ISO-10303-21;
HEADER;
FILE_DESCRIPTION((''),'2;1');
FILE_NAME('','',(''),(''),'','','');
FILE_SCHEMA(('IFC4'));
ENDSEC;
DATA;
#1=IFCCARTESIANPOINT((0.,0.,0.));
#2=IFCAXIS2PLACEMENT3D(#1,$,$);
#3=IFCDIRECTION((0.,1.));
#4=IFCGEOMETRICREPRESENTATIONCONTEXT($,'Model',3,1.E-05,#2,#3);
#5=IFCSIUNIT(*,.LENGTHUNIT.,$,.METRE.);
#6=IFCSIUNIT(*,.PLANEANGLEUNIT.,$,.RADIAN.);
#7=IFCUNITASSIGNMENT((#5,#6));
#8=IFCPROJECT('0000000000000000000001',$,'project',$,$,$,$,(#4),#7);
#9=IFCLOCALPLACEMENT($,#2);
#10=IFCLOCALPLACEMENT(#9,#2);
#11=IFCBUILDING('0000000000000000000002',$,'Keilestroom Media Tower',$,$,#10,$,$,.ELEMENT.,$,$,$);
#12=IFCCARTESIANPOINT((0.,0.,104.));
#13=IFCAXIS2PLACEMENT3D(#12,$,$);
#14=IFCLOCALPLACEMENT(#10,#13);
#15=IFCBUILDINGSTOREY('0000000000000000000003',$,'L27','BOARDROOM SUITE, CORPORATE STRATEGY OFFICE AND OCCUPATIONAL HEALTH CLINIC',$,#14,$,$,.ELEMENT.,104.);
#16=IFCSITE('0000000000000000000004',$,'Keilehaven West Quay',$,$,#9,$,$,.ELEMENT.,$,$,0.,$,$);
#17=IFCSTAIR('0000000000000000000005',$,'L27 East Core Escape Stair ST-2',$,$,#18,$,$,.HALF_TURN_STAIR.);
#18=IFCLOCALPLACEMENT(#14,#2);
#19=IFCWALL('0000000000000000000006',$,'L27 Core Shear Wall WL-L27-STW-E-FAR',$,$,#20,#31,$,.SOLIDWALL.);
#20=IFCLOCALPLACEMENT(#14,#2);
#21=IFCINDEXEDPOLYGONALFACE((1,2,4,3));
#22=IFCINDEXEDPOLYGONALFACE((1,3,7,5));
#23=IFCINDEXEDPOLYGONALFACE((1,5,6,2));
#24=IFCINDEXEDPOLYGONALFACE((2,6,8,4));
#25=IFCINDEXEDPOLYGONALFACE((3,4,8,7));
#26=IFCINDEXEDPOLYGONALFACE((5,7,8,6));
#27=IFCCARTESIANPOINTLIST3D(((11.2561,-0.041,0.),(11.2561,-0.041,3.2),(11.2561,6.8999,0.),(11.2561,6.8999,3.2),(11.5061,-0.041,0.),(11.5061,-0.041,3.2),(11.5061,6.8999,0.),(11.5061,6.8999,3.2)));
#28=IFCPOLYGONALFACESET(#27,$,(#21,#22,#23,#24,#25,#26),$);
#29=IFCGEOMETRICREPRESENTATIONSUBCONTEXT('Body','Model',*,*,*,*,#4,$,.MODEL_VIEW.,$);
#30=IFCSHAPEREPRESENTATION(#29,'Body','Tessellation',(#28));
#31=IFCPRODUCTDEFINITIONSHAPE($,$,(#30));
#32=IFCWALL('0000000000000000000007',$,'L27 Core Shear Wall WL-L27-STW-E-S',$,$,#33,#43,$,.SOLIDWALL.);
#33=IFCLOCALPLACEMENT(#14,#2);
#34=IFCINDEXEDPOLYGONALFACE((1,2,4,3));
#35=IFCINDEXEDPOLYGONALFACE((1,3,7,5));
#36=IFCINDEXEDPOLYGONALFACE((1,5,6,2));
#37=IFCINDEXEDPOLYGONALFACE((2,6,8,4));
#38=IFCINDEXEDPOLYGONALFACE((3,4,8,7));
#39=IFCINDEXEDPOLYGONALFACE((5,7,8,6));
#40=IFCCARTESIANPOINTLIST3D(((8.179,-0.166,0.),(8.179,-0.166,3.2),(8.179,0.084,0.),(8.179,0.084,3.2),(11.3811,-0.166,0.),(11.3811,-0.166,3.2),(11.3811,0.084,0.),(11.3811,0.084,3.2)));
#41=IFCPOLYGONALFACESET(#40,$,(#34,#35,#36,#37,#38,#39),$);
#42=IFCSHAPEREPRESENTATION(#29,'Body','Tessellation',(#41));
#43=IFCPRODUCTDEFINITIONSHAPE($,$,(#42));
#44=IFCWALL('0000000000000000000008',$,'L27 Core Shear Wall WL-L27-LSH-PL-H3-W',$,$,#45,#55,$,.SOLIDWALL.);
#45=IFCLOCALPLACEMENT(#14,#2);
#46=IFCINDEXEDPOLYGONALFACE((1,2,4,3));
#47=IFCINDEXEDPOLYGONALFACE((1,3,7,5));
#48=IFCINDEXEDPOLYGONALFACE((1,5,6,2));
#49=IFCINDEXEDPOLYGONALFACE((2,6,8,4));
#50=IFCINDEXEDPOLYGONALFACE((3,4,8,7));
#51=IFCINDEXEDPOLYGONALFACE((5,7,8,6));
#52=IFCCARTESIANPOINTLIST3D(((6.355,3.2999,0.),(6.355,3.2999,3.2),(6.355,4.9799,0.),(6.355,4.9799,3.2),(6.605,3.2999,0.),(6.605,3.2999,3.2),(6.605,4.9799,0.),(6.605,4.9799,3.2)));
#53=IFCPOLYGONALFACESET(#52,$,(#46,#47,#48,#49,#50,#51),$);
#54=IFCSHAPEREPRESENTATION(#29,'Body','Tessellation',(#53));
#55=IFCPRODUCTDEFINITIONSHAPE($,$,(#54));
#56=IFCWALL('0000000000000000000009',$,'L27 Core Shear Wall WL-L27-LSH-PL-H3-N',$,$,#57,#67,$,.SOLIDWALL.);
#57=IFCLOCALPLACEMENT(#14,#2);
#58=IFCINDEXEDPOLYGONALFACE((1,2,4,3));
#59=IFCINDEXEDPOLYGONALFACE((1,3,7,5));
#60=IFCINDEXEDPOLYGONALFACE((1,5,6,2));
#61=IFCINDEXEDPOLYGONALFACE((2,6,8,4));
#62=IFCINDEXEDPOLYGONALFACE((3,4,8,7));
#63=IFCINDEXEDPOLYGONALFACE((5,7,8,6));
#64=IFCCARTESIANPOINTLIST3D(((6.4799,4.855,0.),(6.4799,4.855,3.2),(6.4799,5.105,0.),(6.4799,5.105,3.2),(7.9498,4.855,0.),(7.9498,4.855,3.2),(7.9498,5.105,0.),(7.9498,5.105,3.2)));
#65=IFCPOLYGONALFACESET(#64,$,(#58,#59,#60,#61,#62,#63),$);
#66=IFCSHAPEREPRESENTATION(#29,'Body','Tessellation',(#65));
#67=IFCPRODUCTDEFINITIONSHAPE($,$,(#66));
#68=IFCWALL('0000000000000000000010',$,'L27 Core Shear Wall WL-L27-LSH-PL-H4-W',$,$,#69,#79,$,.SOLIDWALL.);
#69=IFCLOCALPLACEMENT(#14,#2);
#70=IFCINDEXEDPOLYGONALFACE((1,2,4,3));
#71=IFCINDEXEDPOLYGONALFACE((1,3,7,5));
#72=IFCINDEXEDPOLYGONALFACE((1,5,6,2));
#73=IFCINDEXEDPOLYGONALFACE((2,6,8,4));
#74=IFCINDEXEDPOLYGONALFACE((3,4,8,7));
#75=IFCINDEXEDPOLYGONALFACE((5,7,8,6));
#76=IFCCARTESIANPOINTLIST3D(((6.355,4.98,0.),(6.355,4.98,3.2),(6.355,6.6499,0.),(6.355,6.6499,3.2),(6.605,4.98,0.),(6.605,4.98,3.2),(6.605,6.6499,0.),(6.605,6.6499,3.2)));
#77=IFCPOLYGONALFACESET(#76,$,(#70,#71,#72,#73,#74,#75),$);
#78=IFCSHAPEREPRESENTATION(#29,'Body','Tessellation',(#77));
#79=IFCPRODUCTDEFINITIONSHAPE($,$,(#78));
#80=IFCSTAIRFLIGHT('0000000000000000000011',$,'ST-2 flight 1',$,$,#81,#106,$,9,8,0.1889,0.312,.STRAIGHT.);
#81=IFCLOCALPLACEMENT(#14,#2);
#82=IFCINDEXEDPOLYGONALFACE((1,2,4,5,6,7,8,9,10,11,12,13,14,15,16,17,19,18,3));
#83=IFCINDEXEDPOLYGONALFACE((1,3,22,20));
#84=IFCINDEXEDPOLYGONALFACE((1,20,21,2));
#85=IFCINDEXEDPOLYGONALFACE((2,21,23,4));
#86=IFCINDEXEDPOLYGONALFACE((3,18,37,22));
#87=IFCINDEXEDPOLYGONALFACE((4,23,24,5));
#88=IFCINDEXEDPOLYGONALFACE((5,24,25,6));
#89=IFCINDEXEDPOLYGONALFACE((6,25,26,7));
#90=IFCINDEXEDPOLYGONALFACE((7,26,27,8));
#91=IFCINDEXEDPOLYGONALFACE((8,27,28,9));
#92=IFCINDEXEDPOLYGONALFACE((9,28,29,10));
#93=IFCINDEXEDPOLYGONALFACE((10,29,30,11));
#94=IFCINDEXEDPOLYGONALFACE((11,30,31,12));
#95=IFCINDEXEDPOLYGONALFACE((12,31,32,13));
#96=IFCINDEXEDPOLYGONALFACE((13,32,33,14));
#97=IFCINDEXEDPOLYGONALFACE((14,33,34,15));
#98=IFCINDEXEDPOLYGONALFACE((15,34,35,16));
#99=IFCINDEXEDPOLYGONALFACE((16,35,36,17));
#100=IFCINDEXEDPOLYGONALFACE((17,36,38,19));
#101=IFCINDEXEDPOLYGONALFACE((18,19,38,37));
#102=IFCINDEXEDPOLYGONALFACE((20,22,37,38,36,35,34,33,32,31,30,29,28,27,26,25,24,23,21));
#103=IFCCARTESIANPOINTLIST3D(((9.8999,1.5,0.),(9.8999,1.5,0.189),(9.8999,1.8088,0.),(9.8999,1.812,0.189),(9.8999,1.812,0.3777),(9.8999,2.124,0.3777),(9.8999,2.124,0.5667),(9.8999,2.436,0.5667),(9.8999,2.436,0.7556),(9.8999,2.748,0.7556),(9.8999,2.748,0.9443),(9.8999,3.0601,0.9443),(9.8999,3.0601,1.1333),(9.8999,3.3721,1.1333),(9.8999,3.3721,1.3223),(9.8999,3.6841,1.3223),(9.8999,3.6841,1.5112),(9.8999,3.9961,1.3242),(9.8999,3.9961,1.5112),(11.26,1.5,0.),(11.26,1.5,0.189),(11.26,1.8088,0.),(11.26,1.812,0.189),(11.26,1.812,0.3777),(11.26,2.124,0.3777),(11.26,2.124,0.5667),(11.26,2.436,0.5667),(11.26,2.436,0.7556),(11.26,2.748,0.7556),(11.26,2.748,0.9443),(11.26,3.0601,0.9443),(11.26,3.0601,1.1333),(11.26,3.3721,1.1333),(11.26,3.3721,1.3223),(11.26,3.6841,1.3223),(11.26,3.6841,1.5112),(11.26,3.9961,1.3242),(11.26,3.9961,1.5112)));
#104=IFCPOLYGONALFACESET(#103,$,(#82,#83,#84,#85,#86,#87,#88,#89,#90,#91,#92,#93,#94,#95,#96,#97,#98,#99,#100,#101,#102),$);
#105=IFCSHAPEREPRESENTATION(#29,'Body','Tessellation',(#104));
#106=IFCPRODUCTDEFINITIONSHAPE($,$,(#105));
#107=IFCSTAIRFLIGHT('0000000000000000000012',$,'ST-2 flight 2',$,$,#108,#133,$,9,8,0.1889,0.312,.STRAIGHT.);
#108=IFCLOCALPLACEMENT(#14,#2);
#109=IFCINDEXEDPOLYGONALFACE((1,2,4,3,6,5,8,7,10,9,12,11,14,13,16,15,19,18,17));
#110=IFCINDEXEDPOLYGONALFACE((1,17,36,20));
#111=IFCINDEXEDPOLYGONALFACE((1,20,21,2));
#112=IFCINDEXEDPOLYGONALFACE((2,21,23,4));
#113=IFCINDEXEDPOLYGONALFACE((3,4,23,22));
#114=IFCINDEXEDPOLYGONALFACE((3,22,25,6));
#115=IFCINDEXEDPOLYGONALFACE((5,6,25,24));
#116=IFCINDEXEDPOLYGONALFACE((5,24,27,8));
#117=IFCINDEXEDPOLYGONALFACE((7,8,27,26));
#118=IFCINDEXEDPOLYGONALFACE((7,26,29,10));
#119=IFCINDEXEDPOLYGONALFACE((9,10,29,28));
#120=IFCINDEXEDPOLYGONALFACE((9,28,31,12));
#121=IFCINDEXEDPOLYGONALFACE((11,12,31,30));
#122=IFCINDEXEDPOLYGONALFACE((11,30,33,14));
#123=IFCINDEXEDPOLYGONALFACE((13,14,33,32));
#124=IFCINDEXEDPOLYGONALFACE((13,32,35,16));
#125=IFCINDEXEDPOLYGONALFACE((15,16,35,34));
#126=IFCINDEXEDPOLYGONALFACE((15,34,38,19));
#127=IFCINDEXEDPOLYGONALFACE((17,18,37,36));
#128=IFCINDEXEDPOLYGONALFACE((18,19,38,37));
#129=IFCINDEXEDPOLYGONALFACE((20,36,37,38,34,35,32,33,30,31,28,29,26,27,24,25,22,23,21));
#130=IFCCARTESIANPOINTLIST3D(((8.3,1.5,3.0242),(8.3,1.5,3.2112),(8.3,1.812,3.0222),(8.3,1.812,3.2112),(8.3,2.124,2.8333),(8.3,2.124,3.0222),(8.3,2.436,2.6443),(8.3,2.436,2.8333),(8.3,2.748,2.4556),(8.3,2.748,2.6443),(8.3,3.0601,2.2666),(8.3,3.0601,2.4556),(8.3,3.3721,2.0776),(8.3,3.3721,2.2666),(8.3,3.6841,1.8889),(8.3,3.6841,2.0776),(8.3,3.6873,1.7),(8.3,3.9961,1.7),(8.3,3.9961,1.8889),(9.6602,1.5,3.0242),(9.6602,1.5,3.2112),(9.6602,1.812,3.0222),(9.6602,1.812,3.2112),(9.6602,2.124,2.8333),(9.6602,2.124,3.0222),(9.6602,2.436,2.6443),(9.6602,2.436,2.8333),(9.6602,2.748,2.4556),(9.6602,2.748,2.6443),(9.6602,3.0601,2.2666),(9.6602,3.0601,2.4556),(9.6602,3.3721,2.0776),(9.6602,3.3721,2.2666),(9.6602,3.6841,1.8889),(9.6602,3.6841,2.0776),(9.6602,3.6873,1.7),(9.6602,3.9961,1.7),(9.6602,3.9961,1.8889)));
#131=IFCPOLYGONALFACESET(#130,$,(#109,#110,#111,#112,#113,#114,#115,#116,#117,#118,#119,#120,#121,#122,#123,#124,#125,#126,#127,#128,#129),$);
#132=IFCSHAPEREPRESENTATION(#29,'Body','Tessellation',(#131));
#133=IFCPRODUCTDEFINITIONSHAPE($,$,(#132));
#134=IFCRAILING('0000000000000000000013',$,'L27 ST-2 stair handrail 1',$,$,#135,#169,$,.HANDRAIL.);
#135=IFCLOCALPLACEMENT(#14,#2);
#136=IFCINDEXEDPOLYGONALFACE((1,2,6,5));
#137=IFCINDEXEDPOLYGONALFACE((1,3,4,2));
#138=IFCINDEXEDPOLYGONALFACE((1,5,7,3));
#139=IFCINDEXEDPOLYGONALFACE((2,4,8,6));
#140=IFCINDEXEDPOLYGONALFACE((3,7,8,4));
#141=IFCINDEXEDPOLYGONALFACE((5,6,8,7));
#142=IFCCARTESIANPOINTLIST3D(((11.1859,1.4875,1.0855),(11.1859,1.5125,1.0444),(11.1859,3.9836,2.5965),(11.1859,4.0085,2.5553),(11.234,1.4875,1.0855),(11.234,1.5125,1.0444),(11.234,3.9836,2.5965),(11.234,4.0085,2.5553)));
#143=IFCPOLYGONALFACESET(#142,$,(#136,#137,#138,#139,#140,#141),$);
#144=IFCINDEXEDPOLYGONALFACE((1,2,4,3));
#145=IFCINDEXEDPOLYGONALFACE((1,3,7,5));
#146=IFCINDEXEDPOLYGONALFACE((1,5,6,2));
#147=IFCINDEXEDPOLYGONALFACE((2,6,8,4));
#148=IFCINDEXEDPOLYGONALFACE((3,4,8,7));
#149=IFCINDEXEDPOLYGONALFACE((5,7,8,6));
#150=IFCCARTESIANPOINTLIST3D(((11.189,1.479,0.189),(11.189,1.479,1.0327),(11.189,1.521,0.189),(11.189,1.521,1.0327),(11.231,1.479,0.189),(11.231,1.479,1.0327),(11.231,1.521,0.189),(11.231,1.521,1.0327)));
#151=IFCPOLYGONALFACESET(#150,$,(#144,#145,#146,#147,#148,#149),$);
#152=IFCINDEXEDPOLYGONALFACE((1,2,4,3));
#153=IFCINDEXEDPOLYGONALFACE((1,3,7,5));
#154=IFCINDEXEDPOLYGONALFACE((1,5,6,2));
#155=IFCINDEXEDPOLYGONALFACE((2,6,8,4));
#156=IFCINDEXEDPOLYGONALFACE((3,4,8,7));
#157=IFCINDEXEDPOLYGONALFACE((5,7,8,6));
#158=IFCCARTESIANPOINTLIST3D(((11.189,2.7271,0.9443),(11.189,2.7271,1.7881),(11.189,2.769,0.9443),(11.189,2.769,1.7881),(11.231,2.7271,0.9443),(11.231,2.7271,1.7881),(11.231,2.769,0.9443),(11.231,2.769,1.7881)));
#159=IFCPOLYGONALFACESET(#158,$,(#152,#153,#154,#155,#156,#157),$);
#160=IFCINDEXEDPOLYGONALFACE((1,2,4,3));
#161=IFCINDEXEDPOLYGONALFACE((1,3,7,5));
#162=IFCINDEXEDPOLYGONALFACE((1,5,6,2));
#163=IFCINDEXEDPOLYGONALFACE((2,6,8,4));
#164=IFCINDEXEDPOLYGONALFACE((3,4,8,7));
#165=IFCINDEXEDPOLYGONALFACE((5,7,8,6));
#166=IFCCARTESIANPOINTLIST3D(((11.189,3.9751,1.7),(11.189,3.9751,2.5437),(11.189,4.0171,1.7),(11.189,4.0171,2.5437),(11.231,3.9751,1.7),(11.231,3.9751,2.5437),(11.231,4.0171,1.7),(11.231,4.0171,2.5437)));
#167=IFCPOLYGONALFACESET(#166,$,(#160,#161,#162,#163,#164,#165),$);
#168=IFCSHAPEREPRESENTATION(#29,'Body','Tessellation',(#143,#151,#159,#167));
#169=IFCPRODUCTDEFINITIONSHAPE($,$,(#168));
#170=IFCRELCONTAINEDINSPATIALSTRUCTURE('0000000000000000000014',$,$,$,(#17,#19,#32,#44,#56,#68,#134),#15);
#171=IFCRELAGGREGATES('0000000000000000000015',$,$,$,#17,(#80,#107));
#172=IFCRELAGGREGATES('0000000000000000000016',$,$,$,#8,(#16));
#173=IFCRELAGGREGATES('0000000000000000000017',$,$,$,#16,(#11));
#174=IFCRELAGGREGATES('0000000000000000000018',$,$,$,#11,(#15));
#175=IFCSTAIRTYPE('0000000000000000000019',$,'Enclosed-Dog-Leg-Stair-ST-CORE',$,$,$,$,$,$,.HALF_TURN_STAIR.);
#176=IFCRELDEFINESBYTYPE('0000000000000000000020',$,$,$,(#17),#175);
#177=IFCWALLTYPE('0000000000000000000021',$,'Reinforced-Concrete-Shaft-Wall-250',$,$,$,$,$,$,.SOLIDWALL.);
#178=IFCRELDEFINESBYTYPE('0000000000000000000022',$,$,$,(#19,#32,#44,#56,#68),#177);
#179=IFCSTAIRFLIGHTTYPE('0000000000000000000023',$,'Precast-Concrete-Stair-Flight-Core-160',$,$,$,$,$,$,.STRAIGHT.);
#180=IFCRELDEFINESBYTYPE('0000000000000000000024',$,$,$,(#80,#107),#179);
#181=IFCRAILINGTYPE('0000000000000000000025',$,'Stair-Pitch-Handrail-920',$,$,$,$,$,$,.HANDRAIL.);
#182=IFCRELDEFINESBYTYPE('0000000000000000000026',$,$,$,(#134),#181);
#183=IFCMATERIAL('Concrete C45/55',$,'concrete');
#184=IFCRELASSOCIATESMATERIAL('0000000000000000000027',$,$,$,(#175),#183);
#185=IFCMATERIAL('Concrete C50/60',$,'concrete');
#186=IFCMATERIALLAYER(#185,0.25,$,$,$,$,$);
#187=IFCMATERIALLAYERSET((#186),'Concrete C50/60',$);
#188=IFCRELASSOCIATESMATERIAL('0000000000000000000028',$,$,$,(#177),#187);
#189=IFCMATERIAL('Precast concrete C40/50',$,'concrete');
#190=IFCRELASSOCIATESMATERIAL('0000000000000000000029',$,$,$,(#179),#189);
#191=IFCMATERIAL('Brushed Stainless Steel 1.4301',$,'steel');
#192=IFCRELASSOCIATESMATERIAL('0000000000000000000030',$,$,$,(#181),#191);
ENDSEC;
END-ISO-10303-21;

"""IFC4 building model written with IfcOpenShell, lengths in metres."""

from ifc_helpers import new_model, si_unit, direction, frame, frame_2d, origin, origin_2d, place, context, subcontext, project, spatial, polyline, rectangle, outline, extrude, material, layer, layer_set, type_object, element, aggregate, save


model = new_model("IFC4")

# Units and contexts
model_context = context("Model", 3, precision=1e-05, world=origin(), true_north=direction((0.0, 1.0)))
body_context = subcontext(model_context, "Body", "Model", "MODEL_VIEW")
ifc_project = project(units=[si_unit("LENGTHUNIT", "METRE"), si_unit("PLANEANGLEUNIT", "RADIAN")], contexts=[model_context])

# Site, building, storey
site_placement = place(None, origin())
site = spatial("IfcSite", under=ifc_project, at=site_placement, Name="Keilehaven West Quay", CompositionType="ELEMENT", RefElevation=0.0)
building_placement = place(site_placement, origin())
building = spatial("IfcBuilding", under=site, at=building_placement, Name="Keilestroom Media Tower", CompositionType="ELEMENT")
storey_placement = place(building_placement, frame((0.0, 0.0, 104.0)))
storey = spatial("IfcBuildingStorey", under=building, at=storey_placement, Name="L27", Description="BOARDROOM SUITE, CORPORATE STRATEGY OFFICE AND OCCUPATIONAL HEALTH CLINIC", CompositionType="ELEMENT", Elevation=104.0)

# Stair
ifc_material_1 = material(Name="Concrete C45/55", Category="concrete")
stair_type = type_object("IfcStairType", Name="Enclosed-Dog-Leg-Stair-ST-CORE", PredefinedType="HALF_TURN_STAIR", material=ifc_material_1)
stair_1_placement = place(storey_placement, origin())
stair_1 = element("IfcStair", 1, at=stair_1_placement, inside=storey, type_object=stair_type, Name="L27 East Core Escape Stair ST-2", PredefinedType="HALF_TURN_STAIR")

# Shared definitions
ifc_material_2 = material(Name="Concrete C50/60", Category="concrete")
ifc_layer_1 = layer(ifc_material_2, 0.25)
ifc_layer_set_1 = layer_set([ifc_layer_1], Name="Concrete C50/60")
wall_type_1 = type_object("IfcWallType", Name="Reinforced-Concrete-Shaft-Wall-250", PredefinedType="SOLIDWALL", material=ifc_layer_set_1)

# Walls
wall_1_placement = place(storey_placement, frame((11.3811, -0.041, 0.0), z_axis=(0.0, 0.0, 1.0), x_axis=(0.0, 1.0, 0.0)))
element("IfcWall", 2, at=wall_1_placement, inside=storey, type_object=wall_type_1, Name="L27 Core Shear Wall WL-L27-STW-E-FAR", PredefinedType="SOLIDWALL", context=body_context, shape_type="SweptSolid", body=[
    extrude(rectangle(XDim=6.9409, YDim=0.25, at=frame_2d((3.4705, 0.0))), origin(), (0.0, 0.0, 1.0), 3.2),
])
wall_2_placement = place(storey_placement, frame((8.179, -0.041, 0.0), z_axis=(0.0, 0.0, 1.0), x_axis=(1.0, 0.0, 0.0)))
element("IfcWall", 3, at=wall_2_placement, inside=storey, type_object=wall_type_1, Name="L27 Core Shear Wall WL-L27-STW-E-S", PredefinedType="SOLIDWALL", context=body_context, shape_type="SweptSolid", body=[
    extrude(rectangle(XDim=3.2021, YDim=0.25, at=frame_2d((1.6011, 0.0))), origin(), (0.0, 0.0, 1.0), 3.2),
])
wall_3_placement = place(storey_placement, frame((6.48, 3.3, 0.0), z_axis=(0.0, 0.0, 1.0), x_axis=(0.0, 1.0, 0.0)))
element("IfcWall", 4, at=wall_3_placement, inside=storey, type_object=wall_type_1, Name="L27 Core Shear Wall WL-L27-LSH-PL-H3-W", PredefinedType="SOLIDWALL", context=body_context, shape_type="SweptSolid", body=[
    extrude(rectangle(XDim=1.6799, YDim=0.25, at=frame_2d((0.8398, 0.0))), origin(), (0.0, 0.0, 1.0), 3.2),
])
wall_4_placement = place(storey_placement, frame((6.48, 4.98, 0.0), z_axis=(0.0, 0.0, 1.0), x_axis=(1.0, 0.0, 0.0)))
element("IfcWall", 5, at=wall_4_placement, inside=storey, type_object=wall_type_1, Name="L27 Core Shear Wall WL-L27-LSH-PL-H3-N", PredefinedType="SOLIDWALL", context=body_context, shape_type="SweptSolid", body=[
    extrude(rectangle(XDim=1.47, YDim=0.25, at=frame_2d((0.7349, 0.0))), origin(), (0.0, 0.0, 1.0), 3.2),
])
wall_5_placement = place(storey_placement, frame((6.48, 4.98, 0.0), z_axis=(0.0, 0.0, 1.0), x_axis=(0.0, 1.0, 0.0)))
element("IfcWall", 6, at=wall_5_placement, inside=storey, type_object=wall_type_1, Name="L27 Core Shear Wall WL-L27-LSH-PL-H4-W", PredefinedType="SOLIDWALL", context=body_context, shape_type="SweptSolid", body=[
    extrude(rectangle(XDim=1.6699, YDim=0.25, at=frame_2d((0.835, 0.0))), origin(), (0.0, 0.0, 1.0), 3.2),
])

# Stair flights
ifc_material_3 = material(Name="Precast concrete C40/50", Category="concrete")
stair_flight_type = type_object("IfcStairFlightType", Name="Precast-Concrete-Stair-Flight-Core-160", PredefinedType="STRAIGHT", material=ifc_material_3)
stair_flight_1_placement = place(storey_placement, frame((10.5801, 1.5, 0.0), z_axis=(0.0, 0.0, 1.0), x_axis=(0.0, 1.0, 0.0)))
stair_flight_1 = element("IfcStairFlight", 7, at=stair_flight_1_placement, type_object=stair_flight_type, Name="ST-2 flight 1", NumberOfRisers=9, NumberOfTreads=8, PredefinedType="STRAIGHT", RiserHeight=0.1889, TreadLength=0.312, context=body_context, shape_type="SweptSolid", body=[
    extrude(outline(polyline([(0.0, 0.0), (0.0, 0.189), (0.312, 0.189), (0.312, 0.3777), (0.624, 0.3777), (0.624, 0.5667), (0.936, 0.5667), (0.936, 0.7556), (1.248, 0.7556), (1.248, 0.9443), (1.5601, 0.9443), (1.5601, 1.1333), (1.8721, 1.1333), (1.8721, 1.3223), (2.1841, 1.3223), (2.1841, 1.5112), (2.4961, 1.5112), (2.4961, 1.7), (2.4961, 1.3242), (0.3088, 0.0), (0.0, 0.0)])), frame((0.0, 0.6802, 0.0), z_axis=(0.0, -1.0, 0.0), x_axis=(1.0, 0.0, 0.0)), (0.0, 0.0, 1.0), 1.3601),
])
stair_flight_2_placement = place(storey_placement, frame((8.98, 3.9961, 1.7), z_axis=(0.0, 0.0, 1.0), x_axis=(0.0, -1.0, 0.0)))
stair_flight_2 = element("IfcStairFlight", 8, at=stair_flight_2_placement, type_object=stair_flight_type, Name="ST-2 flight 2", NumberOfRisers=9, NumberOfTreads=8, PredefinedType="STRAIGHT", RiserHeight=0.1889, TreadLength=0.312, context=body_context, shape_type="SweptSolid", body=[
    extrude(outline(polyline([(0.0, 0.0), (0.0, 0.189), (0.312, 0.189), (0.312, 0.3777), (0.624, 0.3777), (0.624, 0.5667), (0.936, 0.5667), (0.936, 0.7556), (1.248, 0.7556), (1.248, 0.9443), (1.5601, 0.9443), (1.5601, 1.1333), (1.8721, 1.1333), (1.8721, 1.3223), (2.1841, 1.3223), (2.1841, 1.5112), (2.4961, 1.5112), (2.4961, 1.7), (2.4961, 1.3242), (0.3088, 0.0), (0.0, 0.0)])), frame((0.0, 0.6802, 0.0), z_axis=(0.0, -1.0, 0.0), x_axis=(1.0, 0.0, 0.0)), (0.0, 0.0, 1.0), 1.3601),
])
aggregate(stair_1, [stair_flight_1, stair_flight_2])

# Railing
ifc_material_4 = material(Name="Brushed Stainless Steel 1.4301", Category="steel")
railing_type_1 = type_object("IfcRailingType", Name="Stair-Pitch-Handrail-920", PredefinedType="HANDRAIL", material=ifc_material_4)
railing_1_placement = place(storey_placement, frame((11.21, 1.5, 0.189)))
element("IfcRailing", 9, at=railing_1_placement, inside=storey, type_object=railing_type_1, Name="L27 ST-2 stair handrail 1", PredefinedType="HANDRAIL", context=body_context, shape_type="SweptSolid", body=[
    extrude(rectangle(XDim=0.0481, YDim=0.0481, at=origin_2d()), frame((0.0, 0.0, 0.876), z_axis=(0.0, 0.855471, 0.517851), x_axis=(-1.0, 0.0, 0.0)), (0.0, 0.0, 1.0), 2.9177),
    extrude(rectangle(XDim=0.042, YDim=0.042, at=origin_2d()), origin(), (0.0, 0.0, 1.0), 0.8438),
    extrude(rectangle(XDim=0.042, YDim=0.042, at=origin_2d()), frame((0.0, 1.248, 0.7554)), (0.0, 0.0, 1.0), 0.8438),
    extrude(rectangle(XDim=0.042, YDim=0.042, at=origin_2d()), frame((0.0, 2.4961, 1.511)), (0.0, 0.0, 1.0), 0.8438),
])

save(model, "model.ifc")
